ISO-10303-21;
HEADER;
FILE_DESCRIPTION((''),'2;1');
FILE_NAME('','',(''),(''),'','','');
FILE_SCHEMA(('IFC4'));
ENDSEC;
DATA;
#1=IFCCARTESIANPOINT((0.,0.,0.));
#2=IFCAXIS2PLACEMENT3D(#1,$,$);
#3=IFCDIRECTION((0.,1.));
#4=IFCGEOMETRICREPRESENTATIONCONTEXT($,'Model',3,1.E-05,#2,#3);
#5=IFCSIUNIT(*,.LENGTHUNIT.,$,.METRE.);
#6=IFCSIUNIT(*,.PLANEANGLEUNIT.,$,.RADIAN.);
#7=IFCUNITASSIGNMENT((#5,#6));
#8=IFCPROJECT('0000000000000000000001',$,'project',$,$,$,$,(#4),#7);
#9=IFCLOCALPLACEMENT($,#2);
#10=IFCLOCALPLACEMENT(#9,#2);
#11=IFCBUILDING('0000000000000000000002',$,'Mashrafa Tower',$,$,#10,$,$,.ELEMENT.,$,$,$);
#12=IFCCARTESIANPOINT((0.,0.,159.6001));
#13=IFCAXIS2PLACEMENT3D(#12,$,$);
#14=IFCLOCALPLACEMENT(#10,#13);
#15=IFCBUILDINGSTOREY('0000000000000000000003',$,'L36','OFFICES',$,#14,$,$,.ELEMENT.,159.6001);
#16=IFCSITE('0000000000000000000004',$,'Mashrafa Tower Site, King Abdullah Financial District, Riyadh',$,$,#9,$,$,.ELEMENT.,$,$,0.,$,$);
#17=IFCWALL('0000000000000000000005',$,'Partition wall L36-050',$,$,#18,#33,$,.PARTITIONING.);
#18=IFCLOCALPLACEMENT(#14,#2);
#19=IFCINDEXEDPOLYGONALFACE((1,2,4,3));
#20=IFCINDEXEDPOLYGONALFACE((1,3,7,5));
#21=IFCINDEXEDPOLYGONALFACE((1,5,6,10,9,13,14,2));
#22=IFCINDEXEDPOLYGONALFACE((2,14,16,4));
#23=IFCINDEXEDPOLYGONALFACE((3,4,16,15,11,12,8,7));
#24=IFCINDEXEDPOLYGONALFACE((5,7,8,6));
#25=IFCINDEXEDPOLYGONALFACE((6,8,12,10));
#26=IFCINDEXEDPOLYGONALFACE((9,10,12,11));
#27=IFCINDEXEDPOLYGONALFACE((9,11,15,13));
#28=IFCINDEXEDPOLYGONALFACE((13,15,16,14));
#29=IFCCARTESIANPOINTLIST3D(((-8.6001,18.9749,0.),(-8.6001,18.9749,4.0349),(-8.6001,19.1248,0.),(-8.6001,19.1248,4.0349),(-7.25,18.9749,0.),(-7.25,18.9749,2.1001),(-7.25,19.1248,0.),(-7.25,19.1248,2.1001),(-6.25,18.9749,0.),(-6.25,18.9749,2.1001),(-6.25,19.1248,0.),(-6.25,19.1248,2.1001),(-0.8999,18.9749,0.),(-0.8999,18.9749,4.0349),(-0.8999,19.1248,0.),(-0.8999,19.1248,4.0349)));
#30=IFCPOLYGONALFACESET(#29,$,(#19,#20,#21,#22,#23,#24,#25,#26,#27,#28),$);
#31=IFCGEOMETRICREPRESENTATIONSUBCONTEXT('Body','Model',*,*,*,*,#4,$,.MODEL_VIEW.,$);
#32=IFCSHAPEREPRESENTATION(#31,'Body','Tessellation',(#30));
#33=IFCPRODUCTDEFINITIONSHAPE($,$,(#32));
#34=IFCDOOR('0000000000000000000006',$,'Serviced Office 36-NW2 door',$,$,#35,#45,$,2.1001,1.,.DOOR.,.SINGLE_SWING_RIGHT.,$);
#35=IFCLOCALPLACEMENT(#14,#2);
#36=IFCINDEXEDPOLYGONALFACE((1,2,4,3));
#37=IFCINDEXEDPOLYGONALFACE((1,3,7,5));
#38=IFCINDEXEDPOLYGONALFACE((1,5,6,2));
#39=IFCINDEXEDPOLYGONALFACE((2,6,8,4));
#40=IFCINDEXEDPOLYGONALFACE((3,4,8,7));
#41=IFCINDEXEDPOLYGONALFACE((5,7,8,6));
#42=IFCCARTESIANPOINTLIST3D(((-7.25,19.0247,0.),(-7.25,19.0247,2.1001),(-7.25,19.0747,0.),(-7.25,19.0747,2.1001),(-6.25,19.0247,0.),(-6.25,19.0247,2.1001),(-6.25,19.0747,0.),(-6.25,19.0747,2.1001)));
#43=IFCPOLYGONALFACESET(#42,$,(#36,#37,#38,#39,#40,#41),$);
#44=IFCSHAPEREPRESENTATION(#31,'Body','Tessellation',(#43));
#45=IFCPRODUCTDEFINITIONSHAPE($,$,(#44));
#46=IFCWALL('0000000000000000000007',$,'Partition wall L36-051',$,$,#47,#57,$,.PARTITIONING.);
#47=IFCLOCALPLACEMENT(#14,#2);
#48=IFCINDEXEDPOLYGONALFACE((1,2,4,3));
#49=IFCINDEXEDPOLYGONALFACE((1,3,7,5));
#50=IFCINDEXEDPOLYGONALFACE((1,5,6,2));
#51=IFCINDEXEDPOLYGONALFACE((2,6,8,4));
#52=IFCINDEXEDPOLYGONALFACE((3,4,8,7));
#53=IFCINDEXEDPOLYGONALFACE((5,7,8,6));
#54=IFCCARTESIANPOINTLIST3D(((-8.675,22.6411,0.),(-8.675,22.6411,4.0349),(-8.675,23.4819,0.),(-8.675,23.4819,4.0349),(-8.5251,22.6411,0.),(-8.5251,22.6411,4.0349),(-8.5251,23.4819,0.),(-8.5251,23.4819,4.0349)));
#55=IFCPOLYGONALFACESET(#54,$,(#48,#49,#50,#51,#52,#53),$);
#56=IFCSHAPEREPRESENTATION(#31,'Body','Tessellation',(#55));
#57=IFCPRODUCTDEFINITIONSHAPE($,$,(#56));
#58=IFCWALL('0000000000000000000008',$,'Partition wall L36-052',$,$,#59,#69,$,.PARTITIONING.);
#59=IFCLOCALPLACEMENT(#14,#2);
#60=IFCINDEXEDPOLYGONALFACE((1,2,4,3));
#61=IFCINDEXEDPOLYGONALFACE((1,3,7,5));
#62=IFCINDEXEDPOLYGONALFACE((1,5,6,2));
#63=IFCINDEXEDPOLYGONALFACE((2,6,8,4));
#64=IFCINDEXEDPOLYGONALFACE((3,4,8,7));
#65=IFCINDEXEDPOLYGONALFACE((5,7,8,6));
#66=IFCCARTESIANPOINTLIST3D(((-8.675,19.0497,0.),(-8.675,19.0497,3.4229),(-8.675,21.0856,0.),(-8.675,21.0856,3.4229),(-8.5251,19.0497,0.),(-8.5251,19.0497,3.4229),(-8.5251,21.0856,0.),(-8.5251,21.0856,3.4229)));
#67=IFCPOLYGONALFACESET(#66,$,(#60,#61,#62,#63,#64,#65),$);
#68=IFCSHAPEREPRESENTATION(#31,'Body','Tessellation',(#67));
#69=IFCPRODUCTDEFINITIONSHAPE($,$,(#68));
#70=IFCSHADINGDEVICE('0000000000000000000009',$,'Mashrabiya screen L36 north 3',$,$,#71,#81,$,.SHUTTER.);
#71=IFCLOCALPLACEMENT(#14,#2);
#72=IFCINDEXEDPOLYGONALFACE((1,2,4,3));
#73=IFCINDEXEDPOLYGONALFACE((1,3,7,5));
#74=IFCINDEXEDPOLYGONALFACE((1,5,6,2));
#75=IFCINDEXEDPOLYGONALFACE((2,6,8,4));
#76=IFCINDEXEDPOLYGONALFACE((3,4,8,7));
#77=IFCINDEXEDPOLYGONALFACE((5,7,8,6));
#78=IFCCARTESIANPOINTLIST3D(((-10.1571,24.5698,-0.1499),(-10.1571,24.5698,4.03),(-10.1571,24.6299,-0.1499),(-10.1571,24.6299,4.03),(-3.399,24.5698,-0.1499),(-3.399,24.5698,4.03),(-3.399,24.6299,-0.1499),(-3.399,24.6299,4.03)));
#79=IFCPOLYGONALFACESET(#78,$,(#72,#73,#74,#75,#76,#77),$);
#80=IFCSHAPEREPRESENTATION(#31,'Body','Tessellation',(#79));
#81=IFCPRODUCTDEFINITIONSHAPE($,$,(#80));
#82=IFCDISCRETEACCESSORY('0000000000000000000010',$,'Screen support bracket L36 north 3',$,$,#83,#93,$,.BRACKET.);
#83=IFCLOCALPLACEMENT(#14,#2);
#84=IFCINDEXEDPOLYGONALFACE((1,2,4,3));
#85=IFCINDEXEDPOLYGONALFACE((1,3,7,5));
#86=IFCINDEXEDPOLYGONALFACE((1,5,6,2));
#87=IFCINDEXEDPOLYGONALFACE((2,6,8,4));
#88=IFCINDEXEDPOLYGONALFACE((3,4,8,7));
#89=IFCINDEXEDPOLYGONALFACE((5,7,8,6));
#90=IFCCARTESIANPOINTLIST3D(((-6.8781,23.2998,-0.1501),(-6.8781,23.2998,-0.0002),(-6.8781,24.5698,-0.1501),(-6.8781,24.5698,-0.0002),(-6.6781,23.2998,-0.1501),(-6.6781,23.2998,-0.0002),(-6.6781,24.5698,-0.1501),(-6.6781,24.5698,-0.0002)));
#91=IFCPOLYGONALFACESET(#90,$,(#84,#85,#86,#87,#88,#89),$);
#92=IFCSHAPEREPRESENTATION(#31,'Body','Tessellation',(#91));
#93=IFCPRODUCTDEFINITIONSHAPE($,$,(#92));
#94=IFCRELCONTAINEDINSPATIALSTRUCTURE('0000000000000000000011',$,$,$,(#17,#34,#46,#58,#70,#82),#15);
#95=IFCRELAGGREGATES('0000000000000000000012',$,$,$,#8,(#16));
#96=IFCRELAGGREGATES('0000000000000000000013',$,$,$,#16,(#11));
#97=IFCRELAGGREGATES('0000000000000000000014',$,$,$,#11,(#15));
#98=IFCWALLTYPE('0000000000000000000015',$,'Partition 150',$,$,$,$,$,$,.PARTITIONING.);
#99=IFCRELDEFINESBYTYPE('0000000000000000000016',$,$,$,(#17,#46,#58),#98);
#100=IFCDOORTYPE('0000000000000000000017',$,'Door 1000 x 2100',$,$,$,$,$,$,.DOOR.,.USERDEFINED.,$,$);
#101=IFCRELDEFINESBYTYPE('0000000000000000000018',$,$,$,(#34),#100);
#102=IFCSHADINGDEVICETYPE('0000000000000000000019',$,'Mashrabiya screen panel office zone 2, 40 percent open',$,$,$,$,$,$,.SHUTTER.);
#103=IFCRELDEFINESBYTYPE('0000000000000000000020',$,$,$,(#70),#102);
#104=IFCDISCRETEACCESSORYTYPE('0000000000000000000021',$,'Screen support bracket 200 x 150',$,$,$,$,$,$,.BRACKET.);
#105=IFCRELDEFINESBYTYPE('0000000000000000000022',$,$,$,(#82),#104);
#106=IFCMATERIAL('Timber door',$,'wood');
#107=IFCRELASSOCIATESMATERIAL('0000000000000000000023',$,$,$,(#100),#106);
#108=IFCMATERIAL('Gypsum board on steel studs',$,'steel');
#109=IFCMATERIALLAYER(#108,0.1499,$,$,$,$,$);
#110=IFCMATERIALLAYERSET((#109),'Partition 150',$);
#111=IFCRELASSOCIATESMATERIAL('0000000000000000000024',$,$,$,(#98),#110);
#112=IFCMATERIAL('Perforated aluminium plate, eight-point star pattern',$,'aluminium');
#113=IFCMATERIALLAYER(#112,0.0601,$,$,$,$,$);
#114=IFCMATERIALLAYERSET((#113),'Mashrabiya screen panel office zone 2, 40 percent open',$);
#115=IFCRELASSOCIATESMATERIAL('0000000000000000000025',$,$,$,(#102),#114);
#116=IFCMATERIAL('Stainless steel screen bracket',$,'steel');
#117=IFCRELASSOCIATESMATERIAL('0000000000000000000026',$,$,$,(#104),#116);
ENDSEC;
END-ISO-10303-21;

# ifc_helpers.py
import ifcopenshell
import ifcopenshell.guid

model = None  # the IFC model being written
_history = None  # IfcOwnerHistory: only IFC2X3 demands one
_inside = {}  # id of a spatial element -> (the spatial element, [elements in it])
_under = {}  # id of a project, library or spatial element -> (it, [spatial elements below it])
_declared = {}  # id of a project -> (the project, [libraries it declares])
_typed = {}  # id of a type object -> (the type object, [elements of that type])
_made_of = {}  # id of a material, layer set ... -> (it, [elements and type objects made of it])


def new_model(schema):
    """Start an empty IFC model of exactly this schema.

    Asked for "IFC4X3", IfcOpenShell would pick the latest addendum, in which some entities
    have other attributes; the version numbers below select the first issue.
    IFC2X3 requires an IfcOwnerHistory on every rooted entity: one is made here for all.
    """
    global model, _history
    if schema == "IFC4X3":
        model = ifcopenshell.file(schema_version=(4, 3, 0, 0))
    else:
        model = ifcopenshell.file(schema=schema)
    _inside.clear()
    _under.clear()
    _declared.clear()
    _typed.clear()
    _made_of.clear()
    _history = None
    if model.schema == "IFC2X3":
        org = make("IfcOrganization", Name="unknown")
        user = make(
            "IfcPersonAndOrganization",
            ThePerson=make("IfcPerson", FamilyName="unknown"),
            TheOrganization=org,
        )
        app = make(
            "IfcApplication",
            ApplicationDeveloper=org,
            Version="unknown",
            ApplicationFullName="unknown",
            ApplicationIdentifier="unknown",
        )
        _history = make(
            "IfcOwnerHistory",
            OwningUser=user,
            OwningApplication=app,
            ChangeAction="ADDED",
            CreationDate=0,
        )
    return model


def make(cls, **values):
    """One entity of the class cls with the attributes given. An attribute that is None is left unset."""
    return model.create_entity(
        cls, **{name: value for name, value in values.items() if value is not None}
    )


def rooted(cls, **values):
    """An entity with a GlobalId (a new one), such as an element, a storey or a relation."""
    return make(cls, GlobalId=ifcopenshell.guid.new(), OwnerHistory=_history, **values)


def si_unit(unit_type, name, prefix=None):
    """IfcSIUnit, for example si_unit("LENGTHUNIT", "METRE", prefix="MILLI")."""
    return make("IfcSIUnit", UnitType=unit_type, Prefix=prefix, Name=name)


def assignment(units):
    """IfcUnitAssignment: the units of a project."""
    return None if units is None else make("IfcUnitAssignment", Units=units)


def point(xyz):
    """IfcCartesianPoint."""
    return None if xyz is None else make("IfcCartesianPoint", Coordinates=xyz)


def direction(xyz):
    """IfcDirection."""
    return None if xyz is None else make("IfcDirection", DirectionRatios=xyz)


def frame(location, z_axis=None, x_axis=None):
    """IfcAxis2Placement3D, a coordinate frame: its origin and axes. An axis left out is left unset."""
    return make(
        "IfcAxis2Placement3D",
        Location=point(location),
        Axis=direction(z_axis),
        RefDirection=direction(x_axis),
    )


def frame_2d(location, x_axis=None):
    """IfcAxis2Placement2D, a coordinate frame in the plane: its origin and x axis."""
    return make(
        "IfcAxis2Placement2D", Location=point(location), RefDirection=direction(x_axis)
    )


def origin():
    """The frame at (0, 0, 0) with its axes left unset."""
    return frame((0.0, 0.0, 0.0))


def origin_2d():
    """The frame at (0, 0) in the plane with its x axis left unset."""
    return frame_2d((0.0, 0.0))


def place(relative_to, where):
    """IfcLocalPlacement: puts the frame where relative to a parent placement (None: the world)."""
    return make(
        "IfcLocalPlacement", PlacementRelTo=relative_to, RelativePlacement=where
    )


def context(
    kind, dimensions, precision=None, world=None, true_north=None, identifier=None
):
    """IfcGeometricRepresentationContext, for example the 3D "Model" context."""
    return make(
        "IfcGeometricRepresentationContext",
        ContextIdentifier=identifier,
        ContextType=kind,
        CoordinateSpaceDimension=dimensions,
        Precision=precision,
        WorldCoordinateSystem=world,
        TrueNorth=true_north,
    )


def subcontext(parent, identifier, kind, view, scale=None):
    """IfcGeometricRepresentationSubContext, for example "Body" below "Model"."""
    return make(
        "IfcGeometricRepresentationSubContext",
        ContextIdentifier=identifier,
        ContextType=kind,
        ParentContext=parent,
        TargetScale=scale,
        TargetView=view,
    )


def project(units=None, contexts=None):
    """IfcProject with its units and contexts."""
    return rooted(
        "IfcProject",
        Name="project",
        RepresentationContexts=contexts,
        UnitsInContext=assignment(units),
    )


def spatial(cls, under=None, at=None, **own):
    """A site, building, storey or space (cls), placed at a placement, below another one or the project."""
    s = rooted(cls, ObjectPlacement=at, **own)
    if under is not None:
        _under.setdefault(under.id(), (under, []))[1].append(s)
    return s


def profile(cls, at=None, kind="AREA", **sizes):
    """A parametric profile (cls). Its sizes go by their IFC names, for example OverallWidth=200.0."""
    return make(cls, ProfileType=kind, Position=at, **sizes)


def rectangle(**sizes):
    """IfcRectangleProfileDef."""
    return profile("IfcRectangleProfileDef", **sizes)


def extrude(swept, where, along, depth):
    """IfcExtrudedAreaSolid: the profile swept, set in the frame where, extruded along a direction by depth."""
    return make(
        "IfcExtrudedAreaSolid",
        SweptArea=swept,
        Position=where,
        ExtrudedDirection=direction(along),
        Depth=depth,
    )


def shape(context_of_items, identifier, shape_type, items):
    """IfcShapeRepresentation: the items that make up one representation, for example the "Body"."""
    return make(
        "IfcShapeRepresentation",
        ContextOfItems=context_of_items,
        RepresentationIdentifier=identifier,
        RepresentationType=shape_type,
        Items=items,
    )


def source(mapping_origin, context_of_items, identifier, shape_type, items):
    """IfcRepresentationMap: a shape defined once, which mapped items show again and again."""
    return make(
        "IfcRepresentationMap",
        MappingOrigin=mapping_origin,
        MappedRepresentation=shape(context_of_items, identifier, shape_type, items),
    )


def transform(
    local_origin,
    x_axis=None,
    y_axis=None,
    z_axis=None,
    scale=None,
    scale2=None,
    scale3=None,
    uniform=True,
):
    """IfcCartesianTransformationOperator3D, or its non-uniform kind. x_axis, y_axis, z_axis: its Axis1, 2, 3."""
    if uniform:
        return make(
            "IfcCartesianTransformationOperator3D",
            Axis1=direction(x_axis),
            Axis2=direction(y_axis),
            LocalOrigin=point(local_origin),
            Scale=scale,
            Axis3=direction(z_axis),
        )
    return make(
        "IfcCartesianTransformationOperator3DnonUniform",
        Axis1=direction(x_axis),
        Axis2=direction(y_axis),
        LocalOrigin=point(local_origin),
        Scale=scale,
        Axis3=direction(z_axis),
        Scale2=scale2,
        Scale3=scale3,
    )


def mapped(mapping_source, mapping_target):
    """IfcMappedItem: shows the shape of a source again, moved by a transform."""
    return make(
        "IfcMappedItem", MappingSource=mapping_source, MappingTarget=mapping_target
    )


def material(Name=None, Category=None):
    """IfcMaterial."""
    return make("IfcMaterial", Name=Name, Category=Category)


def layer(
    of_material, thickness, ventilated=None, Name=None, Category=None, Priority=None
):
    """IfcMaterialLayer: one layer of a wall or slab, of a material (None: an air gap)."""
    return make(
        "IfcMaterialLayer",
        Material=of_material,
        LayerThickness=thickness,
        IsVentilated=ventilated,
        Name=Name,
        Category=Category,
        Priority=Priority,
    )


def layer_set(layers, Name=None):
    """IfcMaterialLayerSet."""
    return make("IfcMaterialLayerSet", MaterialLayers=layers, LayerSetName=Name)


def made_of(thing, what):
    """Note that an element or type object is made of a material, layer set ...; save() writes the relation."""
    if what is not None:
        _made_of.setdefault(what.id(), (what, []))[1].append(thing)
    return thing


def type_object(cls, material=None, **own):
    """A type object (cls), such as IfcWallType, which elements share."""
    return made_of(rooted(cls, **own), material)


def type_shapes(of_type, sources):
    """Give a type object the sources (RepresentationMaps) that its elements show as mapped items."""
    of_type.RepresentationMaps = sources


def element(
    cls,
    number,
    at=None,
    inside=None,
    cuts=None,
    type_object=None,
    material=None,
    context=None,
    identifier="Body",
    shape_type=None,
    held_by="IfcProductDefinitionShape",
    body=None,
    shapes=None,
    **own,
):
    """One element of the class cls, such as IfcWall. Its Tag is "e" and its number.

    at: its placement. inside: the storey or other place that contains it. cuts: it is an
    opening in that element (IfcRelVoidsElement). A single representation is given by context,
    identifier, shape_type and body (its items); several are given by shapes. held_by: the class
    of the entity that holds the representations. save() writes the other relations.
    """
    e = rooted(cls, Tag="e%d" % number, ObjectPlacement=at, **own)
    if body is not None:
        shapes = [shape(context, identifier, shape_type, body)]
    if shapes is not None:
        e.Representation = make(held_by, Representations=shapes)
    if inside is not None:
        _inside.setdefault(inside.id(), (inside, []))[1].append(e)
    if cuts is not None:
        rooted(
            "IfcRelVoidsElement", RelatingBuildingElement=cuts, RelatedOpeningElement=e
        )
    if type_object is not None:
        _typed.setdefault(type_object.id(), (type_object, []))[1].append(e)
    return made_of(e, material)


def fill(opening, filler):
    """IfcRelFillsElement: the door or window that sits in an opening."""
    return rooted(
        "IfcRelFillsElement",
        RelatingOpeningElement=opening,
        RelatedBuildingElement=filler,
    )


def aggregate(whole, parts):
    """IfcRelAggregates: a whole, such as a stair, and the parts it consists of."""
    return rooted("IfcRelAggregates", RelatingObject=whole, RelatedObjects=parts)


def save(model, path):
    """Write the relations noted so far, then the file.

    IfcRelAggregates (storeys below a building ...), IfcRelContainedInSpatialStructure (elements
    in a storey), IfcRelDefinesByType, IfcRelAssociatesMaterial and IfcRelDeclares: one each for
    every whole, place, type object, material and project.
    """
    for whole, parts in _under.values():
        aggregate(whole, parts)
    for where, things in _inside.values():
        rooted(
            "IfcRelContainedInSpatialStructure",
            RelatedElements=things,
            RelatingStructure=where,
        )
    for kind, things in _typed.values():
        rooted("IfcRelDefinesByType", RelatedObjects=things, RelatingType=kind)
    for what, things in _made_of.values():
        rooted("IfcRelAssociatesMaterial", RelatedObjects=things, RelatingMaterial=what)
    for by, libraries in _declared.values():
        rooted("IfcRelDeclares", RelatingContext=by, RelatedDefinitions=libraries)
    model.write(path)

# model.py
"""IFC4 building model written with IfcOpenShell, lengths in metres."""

from ifc_helpers import new_model, si_unit, direction, frame, frame_2d, origin, origin_2d, place, context, subcontext, project, spatial, rectangle, extrude, source, transform, mapped, material, layer, layer_set, type_object, type_shapes, element, fill, save


model = new_model("IFC4")

# Units and contexts
model_context = context("Model", 3, precision=1e-05, world=origin(), true_north=direction((0.0, 1.0)))
body_context = subcontext(model_context, "Body", "Model", "MODEL_VIEW")
ifc_project = project(units=[si_unit("LENGTHUNIT", "METRE"), si_unit("PLANEANGLEUNIT", "RADIAN")], contexts=[model_context])

# Site, building, storey
site_placement = place(None, origin())
site = spatial("IfcSite", under=ifc_project, at=site_placement, Name="Mashrafa Tower Site, King Abdullah Financial District, Riyadh", CompositionType="ELEMENT", RefElevation=0.0)
building_placement = place(site_placement, origin())
building = spatial("IfcBuilding", under=site, at=building_placement, Name="Mashrafa Tower", CompositionType="ELEMENT")
storey_placement = place(building_placement, frame((0.0, 0.0, 159.6001)))
storey = spatial("IfcBuildingStorey", under=building, at=storey_placement, Name="L36", Description="OFFICES", CompositionType="ELEMENT", Elevation=159.6001)

# Shared definitions
ifc_material_1 = material(Name="Timber door", Category="wood")
door_type_1 = type_object("IfcDoorType", Name="Door 1000 x 2100", OperationType="USERDEFINED", PredefinedType="DOOR", material=ifc_material_1)

# Shared definitions
ifc_material_2 = material(Name="Gypsum board on steel studs", Category="steel")
ifc_layer_1 = layer(ifc_material_2, 0.1499)
ifc_layer_set_1 = layer_set([ifc_layer_1], Name="Partition 150")
wall_type_1 = type_object("IfcWallType", Name="Partition 150", PredefinedType="PARTITIONING", material=ifc_layer_set_1)

# Wall, opening, door
wall_1_placement = place(storey_placement, frame((-0.8999, 19.0498, 0.0), z_axis=(0.0, 0.0, 1.0), x_axis=(-1.0, 0.0, 0.0)))
wall_1 = element("IfcWall", 1, at=wall_1_placement, inside=storey, type_object=wall_type_1, Name="Partition wall L36-050", PredefinedType="PARTITIONING", context=body_context, shape_type="SweptSolid", body=[
    extrude(rectangle(XDim=7.7002, YDim=0.1499, at=frame_2d((3.8501, 0.0))), origin(), (0.0, 0.0, 1.0), 4.0349),
])
opening_1_placement = place(wall_1_placement, frame((5.3501, 0.0, 0.0)))
opening_1 = element("IfcOpeningElement", 2, at=opening_1_placement, cuts=wall_1, PredefinedType="OPENING", context=body_context, shape_type="SweptSolid", body=[
    extrude(rectangle(XDim=1.0, YDim=2.1001, at=frame_2d((0.5, 1.05))), frame((0.0, 0.085, 0.0), z_axis=(0.0, -1.0, 0.0), x_axis=(1.0, 0.0, 0.0)), (0.0, 0.0, 1.0), 0.1699),
])
door_1_placement = place(opening_1_placement, frame((1.0, 0.0, 0.0), z_axis=(0.0, 0.0, 1.0), x_axis=(-1.0, 0.0, 0.0)))
door_1 = element("IfcDoor", 3, at=door_1_placement, inside=storey, type_object=door_type_1, Name="Serviced Office 36-NW2 door", OperationType="SINGLE_SWING_RIGHT", OverallHeight=2.1001, OverallWidth=1.0, PredefinedType="DOOR", context=body_context, shape_type="SweptSolid", body=[
    extrude(rectangle(XDim=1.0, YDim=2.1001, at=frame_2d((0.5, 1.05))), frame((0.0, 0.0249, 0.0), z_axis=(0.0, -1.0, 0.0), x_axis=(1.0, 0.0, 0.0)), (0.0, 0.0, 1.0), 0.05),
])
fill(opening_1, door_1)

# Walls
wall_2_placement = place(storey_placement, frame((-8.6001, 23.4819, 0.0), z_axis=(0.0, 0.0, 1.0), x_axis=(0.0, -1.0, 0.0)))
element("IfcWall", 4, at=wall_2_placement, inside=storey, type_object=wall_type_1, Name="Partition wall L36-051", PredefinedType="PARTITIONING", context=body_context, shape_type="SweptSolid", body=[
    extrude(rectangle(XDim=0.8408, YDim=0.1499, at=frame_2d((0.4204, 0.0))), origin(), (0.0, 0.0, 1.0), 4.0349),
])
wall_3_placement = place(storey_placement, frame((-8.6001, 21.0857, 0.0), z_axis=(0.0, 0.0, 1.0), x_axis=(0.0, -1.0, 0.0)))
element("IfcWall", 5, at=wall_3_placement, inside=storey, type_object=wall_type_1, Name="Partition wall L36-052", PredefinedType="PARTITIONING", context=body_context, shape_type="SweptSolid", body=[
    extrude(rectangle(XDim=2.0359, YDim=0.1499, at=frame_2d((1.0181, 0.0))), origin(), (0.0, 0.0, 1.0), 3.4229),
])

# Shading device
ifc_material_3 = material(Name="Perforated aluminium plate, eight-point star pattern", Category="aluminium")
ifc_layer_2 = layer(ifc_material_3, 0.0601)
ifc_layer_set_2 = layer_set([ifc_layer_2], Name="Mashrabiya screen panel office zone 2, 40 percent open")
shading_device_type = type_object("IfcShadingDeviceType", Name="Mashrabiya screen panel office zone 2, 40 percent open", PredefinedType="SHUTTER", material=ifc_layer_set_2)
shared_shape_1 = source(origin(), body_context, "Body", "SweptSolid", [
    extrude(rectangle(XDim=6.7581, YDim=0.0601, at=origin_2d()), origin(), (0.0, 0.0, 1.0), 4.1799),
])
type_shapes(shading_device_type, [shared_shape_1])
shading_device_placement = place(storey_placement, frame((-6.7781, 24.5999, -0.1499), z_axis=(0.0, 0.0, 1.0), x_axis=(-1.0, 0.0, 0.0)))
element("IfcShadingDevice", 6, at=shading_device_placement, inside=storey, type_object=shading_device_type, Name="Mashrabiya screen L36 north 3", PredefinedType="SHUTTER", context=body_context, shape_type="MappedRepresentation", body=[
    mapped(shared_shape_1, transform((0.0, 0.0, 0.0))),
])

# Discrete accessory
ifc_material_4 = material(Name="Stainless steel screen bracket", Category="steel")
discrete_accessory_type = type_object("IfcDiscreteAccessoryType", Name="Screen support bracket 200 x 150", PredefinedType="BRACKET", material=ifc_material_4)
shared_shape_2 = source(origin(), body_context, "Body", "SweptSolid", [
    extrude(rectangle(XDim=0.2, YDim=1.27, at=origin_2d()), origin(), (0.0, 0.0, 1.0), 0.1499),
])
type_shapes(discrete_accessory_type, [shared_shape_2])
discrete_accessory_placement = place(storey_placement, frame((-6.7781, 23.9348, -0.1501), z_axis=(0.0, 0.0, 1.0), x_axis=(-1.0, 0.0, 0.0)))
element("IfcDiscreteAccessory", 7, at=discrete_accessory_placement, inside=storey, type_object=discrete_accessory_type, Name="Screen support bracket L36 north 3", PredefinedType="BRACKET", context=body_context, shape_type="MappedRepresentation", body=[
    mapped(shared_shape_2, transform((0.0, 0.0, 0.0))),
])

save(model, "model.ifc")
